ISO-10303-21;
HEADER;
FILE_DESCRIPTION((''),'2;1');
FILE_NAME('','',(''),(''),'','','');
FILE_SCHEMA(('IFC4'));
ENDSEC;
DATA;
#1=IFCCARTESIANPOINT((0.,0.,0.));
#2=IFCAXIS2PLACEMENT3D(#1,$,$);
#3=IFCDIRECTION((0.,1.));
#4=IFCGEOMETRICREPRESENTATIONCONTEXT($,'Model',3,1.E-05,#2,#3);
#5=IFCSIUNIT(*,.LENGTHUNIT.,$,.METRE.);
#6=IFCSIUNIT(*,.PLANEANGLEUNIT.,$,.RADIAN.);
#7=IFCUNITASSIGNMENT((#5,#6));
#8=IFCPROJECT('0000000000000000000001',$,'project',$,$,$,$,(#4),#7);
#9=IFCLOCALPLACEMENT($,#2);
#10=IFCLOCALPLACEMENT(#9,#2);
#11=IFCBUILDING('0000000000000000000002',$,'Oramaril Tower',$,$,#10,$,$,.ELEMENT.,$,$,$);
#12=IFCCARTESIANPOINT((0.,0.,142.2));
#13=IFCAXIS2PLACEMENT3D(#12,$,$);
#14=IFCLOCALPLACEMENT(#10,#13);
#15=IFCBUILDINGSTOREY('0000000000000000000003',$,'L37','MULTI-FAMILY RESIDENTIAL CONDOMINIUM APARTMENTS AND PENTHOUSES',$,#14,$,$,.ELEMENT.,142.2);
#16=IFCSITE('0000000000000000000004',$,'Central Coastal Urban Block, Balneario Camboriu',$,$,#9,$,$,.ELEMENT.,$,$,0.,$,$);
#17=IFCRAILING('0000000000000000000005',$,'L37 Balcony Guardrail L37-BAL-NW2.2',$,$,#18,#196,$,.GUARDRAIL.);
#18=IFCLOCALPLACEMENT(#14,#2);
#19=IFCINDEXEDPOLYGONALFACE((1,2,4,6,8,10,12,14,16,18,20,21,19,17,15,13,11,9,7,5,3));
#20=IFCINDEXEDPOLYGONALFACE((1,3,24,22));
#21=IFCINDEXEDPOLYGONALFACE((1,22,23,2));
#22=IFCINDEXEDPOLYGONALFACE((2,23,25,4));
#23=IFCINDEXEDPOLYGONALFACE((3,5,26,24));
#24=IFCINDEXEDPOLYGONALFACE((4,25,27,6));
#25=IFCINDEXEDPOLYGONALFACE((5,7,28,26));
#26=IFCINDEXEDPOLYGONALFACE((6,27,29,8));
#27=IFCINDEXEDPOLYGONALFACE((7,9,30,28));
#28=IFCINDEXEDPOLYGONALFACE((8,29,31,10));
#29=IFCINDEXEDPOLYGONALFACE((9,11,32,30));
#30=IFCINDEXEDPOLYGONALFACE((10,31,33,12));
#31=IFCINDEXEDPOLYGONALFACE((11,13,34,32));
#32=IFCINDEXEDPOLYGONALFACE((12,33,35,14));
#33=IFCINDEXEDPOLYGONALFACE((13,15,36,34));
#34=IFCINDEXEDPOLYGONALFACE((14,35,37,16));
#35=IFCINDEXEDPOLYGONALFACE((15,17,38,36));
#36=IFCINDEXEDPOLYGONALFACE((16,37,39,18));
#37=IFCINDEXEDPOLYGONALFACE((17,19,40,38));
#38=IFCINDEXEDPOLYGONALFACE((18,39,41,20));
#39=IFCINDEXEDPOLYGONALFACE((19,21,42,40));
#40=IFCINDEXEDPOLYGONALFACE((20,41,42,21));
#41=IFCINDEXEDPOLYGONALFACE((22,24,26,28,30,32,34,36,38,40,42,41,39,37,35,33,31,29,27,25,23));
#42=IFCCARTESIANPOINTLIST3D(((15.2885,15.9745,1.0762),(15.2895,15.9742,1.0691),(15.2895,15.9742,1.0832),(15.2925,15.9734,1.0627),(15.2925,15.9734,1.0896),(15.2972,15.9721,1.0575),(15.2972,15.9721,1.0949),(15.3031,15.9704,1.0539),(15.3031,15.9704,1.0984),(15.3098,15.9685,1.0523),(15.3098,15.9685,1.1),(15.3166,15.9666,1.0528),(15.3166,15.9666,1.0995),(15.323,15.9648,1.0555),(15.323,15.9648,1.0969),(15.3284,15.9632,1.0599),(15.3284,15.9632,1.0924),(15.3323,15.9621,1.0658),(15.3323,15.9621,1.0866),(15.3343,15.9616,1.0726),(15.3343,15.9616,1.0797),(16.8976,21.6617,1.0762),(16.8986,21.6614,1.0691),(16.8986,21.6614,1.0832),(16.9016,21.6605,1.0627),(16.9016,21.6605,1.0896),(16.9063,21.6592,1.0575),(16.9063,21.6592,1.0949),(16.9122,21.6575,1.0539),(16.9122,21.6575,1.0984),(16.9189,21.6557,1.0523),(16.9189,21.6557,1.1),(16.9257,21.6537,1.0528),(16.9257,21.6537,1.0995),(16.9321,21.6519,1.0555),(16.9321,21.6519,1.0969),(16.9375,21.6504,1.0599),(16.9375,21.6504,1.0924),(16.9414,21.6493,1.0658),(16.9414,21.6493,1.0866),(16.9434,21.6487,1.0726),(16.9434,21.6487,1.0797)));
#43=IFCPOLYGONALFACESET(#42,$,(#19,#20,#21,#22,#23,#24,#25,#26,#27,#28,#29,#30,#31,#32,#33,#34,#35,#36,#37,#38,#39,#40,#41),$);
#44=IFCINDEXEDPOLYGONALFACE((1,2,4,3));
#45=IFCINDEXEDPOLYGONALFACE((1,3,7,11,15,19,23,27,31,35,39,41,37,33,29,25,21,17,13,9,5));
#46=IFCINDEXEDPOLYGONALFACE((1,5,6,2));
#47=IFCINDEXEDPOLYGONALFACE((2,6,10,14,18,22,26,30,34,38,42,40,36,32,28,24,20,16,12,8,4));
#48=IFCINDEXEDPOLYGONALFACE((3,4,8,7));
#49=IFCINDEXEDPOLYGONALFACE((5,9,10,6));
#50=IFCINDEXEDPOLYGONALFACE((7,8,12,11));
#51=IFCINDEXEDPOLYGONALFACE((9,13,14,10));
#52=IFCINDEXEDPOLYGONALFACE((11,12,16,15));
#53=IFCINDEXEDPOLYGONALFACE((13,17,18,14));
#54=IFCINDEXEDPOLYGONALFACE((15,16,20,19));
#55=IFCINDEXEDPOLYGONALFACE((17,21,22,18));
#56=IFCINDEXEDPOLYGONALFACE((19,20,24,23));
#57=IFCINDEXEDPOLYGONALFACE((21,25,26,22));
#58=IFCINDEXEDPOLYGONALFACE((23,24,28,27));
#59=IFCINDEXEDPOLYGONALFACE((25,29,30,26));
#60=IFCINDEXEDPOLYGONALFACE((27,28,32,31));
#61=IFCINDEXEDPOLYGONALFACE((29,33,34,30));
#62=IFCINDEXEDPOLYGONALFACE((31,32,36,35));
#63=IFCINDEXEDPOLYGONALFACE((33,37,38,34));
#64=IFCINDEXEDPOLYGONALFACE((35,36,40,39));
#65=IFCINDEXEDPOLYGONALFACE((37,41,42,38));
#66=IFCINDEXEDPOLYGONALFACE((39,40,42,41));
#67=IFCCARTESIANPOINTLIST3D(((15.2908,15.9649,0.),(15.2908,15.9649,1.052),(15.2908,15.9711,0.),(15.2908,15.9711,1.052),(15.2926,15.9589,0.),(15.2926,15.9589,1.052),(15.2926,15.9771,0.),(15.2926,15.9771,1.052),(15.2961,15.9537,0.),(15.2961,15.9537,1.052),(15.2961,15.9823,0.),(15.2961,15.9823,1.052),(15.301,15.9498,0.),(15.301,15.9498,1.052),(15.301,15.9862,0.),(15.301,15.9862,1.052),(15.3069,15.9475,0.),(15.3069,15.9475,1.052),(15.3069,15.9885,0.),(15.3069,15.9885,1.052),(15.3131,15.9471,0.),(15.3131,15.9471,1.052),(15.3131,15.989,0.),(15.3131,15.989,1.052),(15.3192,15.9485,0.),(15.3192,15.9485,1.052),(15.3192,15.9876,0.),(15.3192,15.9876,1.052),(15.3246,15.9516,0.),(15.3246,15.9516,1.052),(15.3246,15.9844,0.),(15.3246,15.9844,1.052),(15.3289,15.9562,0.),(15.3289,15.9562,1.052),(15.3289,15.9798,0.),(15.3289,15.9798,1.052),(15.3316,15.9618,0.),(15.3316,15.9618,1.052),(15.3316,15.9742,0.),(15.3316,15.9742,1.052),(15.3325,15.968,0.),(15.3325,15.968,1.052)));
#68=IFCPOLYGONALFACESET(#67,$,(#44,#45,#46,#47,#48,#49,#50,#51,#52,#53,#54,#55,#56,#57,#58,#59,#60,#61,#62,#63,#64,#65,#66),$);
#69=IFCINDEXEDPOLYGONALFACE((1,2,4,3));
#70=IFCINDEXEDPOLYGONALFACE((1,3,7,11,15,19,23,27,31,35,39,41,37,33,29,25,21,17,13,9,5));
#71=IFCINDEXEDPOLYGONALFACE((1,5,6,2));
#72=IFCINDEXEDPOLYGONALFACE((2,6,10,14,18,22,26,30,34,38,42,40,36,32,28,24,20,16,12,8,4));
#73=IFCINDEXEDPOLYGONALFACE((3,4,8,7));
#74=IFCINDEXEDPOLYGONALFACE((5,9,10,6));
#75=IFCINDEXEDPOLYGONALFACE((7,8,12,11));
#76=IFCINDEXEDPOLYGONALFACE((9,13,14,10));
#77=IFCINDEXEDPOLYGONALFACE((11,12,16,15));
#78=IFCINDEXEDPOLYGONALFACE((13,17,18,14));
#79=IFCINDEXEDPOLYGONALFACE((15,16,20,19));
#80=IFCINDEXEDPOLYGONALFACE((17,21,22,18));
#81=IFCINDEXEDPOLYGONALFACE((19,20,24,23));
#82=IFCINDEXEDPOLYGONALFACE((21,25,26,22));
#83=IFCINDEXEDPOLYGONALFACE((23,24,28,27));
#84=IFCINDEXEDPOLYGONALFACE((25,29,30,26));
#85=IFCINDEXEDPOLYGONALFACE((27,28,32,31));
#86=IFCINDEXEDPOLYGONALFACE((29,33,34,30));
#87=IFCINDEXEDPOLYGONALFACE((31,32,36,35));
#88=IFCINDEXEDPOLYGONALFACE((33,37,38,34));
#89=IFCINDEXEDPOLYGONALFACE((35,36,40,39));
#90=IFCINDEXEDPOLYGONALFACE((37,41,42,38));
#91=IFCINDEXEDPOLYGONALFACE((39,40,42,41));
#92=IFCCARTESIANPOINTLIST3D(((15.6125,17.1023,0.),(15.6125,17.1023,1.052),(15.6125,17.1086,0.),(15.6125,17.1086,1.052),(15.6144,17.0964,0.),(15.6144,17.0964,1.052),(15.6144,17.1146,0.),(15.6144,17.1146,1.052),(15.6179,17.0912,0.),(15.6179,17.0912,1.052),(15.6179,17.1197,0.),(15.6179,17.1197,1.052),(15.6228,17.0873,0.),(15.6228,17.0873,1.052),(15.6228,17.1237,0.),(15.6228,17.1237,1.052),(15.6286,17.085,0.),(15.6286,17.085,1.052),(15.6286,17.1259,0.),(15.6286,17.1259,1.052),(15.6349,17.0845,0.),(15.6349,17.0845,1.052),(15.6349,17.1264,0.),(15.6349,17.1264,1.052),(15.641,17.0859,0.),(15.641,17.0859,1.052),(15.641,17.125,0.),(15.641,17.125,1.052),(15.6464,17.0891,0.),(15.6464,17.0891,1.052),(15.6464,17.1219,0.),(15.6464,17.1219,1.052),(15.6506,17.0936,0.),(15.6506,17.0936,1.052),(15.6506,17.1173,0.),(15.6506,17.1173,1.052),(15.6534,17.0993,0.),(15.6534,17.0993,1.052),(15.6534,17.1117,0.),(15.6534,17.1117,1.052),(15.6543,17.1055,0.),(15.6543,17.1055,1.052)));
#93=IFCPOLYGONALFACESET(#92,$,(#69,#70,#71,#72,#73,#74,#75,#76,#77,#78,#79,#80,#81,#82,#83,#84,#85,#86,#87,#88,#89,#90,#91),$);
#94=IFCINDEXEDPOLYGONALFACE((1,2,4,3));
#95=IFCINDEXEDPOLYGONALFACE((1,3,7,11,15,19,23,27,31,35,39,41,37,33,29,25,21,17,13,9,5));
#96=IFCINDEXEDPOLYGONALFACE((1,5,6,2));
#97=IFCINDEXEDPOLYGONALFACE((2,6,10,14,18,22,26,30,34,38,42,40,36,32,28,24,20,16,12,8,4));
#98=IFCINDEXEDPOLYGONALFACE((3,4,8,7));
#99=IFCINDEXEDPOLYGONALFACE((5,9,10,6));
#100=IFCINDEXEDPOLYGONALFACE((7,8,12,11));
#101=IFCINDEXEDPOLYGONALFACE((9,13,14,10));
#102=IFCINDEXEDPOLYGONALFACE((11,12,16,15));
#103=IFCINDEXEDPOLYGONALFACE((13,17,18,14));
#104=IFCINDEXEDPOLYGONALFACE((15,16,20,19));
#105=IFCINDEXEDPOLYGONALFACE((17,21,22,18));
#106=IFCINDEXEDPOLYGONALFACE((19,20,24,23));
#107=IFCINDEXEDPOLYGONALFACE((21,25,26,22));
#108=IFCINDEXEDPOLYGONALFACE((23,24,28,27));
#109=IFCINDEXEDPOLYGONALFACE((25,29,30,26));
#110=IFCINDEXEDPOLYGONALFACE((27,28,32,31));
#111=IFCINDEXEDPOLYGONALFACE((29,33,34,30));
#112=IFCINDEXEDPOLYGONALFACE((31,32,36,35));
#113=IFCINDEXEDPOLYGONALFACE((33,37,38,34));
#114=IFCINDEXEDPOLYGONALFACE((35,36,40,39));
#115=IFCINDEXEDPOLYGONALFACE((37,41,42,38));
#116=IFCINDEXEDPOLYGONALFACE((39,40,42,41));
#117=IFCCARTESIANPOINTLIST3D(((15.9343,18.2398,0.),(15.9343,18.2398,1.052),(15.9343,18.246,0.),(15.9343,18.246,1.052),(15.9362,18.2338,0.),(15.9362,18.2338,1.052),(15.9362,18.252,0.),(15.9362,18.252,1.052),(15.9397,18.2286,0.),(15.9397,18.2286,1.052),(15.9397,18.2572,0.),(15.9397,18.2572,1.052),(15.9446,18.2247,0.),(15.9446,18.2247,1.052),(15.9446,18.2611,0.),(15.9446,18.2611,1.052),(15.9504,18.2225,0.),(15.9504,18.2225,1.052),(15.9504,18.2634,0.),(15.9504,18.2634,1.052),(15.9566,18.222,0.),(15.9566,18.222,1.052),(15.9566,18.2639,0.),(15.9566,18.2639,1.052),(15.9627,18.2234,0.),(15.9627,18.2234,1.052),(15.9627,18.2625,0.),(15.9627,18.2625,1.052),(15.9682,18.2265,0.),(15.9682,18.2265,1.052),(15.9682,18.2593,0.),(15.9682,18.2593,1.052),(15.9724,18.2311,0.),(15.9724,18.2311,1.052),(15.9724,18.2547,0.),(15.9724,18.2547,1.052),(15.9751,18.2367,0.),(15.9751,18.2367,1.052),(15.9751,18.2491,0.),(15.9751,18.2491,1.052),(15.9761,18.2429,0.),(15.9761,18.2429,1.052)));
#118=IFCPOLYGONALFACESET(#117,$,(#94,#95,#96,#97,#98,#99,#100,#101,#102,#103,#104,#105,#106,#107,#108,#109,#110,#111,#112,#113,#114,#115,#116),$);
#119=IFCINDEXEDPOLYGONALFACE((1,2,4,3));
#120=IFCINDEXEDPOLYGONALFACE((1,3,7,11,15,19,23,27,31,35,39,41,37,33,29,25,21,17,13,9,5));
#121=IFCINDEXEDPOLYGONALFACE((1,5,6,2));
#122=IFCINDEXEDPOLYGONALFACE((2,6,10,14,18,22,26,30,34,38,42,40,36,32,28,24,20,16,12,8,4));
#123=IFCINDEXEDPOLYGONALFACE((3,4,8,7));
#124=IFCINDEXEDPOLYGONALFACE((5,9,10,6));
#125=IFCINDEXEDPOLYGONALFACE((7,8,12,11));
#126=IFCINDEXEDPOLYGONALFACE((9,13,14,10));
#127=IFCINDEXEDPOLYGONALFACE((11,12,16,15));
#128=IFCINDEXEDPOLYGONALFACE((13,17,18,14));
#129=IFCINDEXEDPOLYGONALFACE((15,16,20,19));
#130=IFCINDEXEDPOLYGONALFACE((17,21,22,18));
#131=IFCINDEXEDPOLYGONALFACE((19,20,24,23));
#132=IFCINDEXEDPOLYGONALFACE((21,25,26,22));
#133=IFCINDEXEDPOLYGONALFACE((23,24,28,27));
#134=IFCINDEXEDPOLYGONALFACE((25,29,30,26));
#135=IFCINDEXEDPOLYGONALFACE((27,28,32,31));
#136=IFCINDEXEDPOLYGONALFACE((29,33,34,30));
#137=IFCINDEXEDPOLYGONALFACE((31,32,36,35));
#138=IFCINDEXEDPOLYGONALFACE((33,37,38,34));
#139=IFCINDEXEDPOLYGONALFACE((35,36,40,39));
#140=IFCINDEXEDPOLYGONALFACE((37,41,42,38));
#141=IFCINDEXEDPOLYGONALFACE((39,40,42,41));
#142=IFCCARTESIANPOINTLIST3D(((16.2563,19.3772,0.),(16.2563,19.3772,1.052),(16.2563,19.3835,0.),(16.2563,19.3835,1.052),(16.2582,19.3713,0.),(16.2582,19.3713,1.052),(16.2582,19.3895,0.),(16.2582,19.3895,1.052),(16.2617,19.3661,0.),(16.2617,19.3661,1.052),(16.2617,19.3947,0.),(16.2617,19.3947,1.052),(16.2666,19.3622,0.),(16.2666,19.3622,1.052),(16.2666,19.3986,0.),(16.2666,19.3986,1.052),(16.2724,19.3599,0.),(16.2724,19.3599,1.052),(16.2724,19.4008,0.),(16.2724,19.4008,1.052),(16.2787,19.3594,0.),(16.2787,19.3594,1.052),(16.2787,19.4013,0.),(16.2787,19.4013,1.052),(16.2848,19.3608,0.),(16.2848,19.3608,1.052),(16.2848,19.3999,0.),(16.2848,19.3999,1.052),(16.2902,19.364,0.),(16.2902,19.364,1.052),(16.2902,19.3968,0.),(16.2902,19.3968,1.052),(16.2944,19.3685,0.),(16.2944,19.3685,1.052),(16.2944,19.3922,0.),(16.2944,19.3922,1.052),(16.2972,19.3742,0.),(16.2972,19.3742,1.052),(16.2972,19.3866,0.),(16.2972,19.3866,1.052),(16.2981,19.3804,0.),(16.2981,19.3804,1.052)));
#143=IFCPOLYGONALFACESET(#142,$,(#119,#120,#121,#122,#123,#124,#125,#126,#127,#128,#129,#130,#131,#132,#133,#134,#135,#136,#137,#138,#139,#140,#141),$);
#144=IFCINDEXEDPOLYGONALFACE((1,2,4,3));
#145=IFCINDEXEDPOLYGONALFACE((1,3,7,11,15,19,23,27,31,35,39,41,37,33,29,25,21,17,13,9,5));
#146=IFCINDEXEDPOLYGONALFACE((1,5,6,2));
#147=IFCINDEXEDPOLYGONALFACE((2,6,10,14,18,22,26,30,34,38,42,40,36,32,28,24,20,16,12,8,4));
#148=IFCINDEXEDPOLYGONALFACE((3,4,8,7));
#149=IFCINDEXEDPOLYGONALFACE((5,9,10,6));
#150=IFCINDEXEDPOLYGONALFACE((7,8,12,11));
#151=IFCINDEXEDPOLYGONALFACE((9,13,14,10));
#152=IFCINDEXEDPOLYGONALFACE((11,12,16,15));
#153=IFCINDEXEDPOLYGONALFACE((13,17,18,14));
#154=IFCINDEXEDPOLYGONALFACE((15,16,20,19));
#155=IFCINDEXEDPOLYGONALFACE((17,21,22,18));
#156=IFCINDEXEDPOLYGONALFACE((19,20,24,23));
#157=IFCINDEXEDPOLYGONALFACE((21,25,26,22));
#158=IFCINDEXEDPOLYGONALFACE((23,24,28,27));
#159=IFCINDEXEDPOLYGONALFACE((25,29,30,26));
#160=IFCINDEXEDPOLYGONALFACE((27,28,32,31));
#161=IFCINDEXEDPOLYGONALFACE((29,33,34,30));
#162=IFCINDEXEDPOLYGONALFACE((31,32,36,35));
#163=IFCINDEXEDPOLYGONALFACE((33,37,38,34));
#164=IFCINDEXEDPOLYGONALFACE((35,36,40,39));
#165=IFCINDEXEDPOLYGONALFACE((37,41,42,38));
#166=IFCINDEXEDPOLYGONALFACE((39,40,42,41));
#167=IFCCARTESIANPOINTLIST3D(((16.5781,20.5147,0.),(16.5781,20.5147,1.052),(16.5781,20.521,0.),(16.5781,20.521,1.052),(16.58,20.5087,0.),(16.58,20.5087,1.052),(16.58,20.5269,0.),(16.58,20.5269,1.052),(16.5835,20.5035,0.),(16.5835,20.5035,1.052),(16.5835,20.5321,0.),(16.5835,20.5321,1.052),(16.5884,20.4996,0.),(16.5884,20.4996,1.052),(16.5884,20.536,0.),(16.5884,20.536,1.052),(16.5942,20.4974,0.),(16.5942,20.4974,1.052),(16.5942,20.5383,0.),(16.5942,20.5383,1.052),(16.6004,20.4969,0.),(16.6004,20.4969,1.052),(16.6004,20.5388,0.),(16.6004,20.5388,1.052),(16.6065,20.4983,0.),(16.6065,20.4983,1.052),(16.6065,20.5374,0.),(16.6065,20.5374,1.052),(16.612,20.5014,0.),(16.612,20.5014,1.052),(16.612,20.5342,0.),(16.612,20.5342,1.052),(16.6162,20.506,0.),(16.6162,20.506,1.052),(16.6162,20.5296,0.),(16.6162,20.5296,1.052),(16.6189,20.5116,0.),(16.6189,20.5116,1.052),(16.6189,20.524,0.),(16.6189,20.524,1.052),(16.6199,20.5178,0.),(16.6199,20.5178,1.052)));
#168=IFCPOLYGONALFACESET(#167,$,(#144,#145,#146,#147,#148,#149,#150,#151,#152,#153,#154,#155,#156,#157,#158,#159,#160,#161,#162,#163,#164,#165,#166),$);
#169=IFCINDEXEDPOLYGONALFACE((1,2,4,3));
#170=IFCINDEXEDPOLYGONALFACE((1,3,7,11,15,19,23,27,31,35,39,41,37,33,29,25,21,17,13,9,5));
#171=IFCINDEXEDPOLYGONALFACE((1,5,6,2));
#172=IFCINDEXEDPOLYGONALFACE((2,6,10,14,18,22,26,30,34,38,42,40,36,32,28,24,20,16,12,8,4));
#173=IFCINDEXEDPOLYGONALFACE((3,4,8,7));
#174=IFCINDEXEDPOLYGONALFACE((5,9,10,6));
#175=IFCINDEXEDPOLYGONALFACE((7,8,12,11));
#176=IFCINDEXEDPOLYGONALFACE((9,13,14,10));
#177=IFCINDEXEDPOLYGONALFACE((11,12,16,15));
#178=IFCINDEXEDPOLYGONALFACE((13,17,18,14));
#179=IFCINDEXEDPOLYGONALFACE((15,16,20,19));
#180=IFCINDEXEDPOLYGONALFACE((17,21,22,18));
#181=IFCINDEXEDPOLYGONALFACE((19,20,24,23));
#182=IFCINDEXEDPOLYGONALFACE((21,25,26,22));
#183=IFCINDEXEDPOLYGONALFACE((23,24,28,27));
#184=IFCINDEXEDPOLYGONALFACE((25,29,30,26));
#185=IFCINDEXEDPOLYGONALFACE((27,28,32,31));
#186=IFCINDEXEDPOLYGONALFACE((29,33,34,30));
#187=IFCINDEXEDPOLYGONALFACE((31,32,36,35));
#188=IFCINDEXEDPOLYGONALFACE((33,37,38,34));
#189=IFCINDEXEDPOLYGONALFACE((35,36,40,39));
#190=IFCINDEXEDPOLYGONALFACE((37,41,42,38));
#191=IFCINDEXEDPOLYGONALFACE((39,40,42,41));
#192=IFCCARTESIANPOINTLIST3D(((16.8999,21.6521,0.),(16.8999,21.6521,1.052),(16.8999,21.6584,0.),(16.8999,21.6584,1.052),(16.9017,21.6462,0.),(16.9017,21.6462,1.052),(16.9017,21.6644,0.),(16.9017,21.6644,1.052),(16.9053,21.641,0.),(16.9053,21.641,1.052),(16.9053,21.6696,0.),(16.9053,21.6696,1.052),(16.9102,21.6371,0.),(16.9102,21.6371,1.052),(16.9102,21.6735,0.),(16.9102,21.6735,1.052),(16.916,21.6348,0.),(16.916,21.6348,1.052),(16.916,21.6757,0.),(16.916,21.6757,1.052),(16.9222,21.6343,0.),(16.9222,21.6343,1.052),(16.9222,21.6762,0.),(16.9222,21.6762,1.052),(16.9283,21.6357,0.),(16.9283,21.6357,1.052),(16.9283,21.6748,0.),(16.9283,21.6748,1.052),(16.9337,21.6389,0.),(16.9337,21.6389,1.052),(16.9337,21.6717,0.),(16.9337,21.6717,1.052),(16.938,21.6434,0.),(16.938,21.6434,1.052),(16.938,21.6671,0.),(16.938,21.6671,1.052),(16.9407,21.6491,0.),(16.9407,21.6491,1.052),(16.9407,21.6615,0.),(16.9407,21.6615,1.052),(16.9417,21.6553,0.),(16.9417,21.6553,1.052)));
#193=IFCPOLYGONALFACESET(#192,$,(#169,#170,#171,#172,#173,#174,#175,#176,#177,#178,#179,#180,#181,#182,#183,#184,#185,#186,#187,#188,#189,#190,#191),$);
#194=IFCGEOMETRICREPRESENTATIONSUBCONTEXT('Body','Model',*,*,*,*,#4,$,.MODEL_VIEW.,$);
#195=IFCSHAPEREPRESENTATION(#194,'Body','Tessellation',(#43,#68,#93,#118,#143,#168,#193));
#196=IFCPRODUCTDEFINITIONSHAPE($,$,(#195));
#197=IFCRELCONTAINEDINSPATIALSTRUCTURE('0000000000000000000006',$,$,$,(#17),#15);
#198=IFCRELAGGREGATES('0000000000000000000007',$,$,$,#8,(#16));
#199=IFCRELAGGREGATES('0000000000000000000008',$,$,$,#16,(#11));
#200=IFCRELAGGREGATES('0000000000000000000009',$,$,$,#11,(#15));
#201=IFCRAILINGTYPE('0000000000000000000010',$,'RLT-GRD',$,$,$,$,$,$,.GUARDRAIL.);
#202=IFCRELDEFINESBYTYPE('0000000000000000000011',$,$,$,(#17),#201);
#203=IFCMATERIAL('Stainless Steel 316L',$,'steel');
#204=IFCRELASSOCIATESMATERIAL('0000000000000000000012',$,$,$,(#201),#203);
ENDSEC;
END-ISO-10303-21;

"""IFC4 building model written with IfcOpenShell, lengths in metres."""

from ifc_helpers import new_model, si_unit, direction, frame, origin, origin_2d, place, context, subcontext, project, spatial, circle, extrude, material, type_object, element, save


model = new_model("IFC4")

# Units and contexts
model_context = context("Model", 3, precision=1e-05, world=origin(), true_north=direction((0.0, 1.0)))
body_context = subcontext(model_context, "Body", "Model", "MODEL_VIEW")
ifc_project = project(units=[si_unit("LENGTHUNIT", "METRE"), si_unit("PLANEANGLEUNIT", "RADIAN")], contexts=[model_context])

# Site, building, storey
site_placement = place(None, origin())
site = spatial("IfcSite", under=ifc_project, at=site_placement, Name="Central Coastal Urban Block, Balneario Camboriu", CompositionType="ELEMENT", RefElevation=0.0)
building_placement = place(site_placement, origin())
building = spatial("IfcBuilding", under=site, at=building_placement, Name="Oramaril Tower", CompositionType="ELEMENT")
storey_placement = place(building_placement, frame((0.0, 0.0, 142.2)))
storey = spatial("IfcBuildingStorey", under=building, at=storey_placement, Name="L37", Description="MULTI-FAMILY RESIDENTIAL CONDOMINIUM APARTMENTS AND PENTHOUSES", CompositionType="ELEMENT", Elevation=142.2)

# Railing
ifc_material_1 = material(Name="Stainless Steel 316L", Category="steel")
railing_type = type_object("IfcRailingType", Name="RLT-GRD", PredefinedType="GUARDRAIL", material=ifc_material_1)
railing_1_placement = place(storey_placement, frame((15.3115, 15.968, 0.0)))
element("IfcRailing", 1, at=railing_1_placement, inside=storey, type_object=railing_type, Name="L37 Balcony Guardrail L37-BAL-NW2.2", PredefinedType="GUARDRAIL", context=body_context, shape_type="SweptSolid", body=[
    extrude(circle(Radius=0.0239, at=origin_2d()), frame((0.0, 0.0, 1.0762), z_axis=(0.272249, 0.962227, 0.0), x_axis=(-0.962227, 0.272249, 0.0)), (0.0, 0.0, 1.0), 5.9104),
    extrude(circle(Radius=0.021, at=origin_2d()), origin(), (0.0, 0.0, 1.0), 1.052),
    extrude(circle(Radius=0.021, at=origin_2d()), frame((0.3218, 1.1375, 0.0)), (0.0, 0.0, 1.0), 1.052),
    extrude(circle(Radius=0.021, at=origin_2d()), frame((0.6436, 2.2749, 0.0)), (0.0, 0.0, 1.0), 1.052),
    extrude(circle(Radius=0.021, at=origin_2d()), frame((0.9656, 3.4124, 0.0)), (0.0, 0.0, 1.0), 1.052),
    extrude(circle(Radius=0.021, at=origin_2d()), frame((1.2874, 4.5498, 0.0)), (0.0, 0.0, 1.0), 1.052),
    extrude(circle(Radius=0.021, at=origin_2d()), frame((1.6091, 5.6873, 0.0)), (0.0, 0.0, 1.0), 1.052),
])

save(model, "model.ifc")
